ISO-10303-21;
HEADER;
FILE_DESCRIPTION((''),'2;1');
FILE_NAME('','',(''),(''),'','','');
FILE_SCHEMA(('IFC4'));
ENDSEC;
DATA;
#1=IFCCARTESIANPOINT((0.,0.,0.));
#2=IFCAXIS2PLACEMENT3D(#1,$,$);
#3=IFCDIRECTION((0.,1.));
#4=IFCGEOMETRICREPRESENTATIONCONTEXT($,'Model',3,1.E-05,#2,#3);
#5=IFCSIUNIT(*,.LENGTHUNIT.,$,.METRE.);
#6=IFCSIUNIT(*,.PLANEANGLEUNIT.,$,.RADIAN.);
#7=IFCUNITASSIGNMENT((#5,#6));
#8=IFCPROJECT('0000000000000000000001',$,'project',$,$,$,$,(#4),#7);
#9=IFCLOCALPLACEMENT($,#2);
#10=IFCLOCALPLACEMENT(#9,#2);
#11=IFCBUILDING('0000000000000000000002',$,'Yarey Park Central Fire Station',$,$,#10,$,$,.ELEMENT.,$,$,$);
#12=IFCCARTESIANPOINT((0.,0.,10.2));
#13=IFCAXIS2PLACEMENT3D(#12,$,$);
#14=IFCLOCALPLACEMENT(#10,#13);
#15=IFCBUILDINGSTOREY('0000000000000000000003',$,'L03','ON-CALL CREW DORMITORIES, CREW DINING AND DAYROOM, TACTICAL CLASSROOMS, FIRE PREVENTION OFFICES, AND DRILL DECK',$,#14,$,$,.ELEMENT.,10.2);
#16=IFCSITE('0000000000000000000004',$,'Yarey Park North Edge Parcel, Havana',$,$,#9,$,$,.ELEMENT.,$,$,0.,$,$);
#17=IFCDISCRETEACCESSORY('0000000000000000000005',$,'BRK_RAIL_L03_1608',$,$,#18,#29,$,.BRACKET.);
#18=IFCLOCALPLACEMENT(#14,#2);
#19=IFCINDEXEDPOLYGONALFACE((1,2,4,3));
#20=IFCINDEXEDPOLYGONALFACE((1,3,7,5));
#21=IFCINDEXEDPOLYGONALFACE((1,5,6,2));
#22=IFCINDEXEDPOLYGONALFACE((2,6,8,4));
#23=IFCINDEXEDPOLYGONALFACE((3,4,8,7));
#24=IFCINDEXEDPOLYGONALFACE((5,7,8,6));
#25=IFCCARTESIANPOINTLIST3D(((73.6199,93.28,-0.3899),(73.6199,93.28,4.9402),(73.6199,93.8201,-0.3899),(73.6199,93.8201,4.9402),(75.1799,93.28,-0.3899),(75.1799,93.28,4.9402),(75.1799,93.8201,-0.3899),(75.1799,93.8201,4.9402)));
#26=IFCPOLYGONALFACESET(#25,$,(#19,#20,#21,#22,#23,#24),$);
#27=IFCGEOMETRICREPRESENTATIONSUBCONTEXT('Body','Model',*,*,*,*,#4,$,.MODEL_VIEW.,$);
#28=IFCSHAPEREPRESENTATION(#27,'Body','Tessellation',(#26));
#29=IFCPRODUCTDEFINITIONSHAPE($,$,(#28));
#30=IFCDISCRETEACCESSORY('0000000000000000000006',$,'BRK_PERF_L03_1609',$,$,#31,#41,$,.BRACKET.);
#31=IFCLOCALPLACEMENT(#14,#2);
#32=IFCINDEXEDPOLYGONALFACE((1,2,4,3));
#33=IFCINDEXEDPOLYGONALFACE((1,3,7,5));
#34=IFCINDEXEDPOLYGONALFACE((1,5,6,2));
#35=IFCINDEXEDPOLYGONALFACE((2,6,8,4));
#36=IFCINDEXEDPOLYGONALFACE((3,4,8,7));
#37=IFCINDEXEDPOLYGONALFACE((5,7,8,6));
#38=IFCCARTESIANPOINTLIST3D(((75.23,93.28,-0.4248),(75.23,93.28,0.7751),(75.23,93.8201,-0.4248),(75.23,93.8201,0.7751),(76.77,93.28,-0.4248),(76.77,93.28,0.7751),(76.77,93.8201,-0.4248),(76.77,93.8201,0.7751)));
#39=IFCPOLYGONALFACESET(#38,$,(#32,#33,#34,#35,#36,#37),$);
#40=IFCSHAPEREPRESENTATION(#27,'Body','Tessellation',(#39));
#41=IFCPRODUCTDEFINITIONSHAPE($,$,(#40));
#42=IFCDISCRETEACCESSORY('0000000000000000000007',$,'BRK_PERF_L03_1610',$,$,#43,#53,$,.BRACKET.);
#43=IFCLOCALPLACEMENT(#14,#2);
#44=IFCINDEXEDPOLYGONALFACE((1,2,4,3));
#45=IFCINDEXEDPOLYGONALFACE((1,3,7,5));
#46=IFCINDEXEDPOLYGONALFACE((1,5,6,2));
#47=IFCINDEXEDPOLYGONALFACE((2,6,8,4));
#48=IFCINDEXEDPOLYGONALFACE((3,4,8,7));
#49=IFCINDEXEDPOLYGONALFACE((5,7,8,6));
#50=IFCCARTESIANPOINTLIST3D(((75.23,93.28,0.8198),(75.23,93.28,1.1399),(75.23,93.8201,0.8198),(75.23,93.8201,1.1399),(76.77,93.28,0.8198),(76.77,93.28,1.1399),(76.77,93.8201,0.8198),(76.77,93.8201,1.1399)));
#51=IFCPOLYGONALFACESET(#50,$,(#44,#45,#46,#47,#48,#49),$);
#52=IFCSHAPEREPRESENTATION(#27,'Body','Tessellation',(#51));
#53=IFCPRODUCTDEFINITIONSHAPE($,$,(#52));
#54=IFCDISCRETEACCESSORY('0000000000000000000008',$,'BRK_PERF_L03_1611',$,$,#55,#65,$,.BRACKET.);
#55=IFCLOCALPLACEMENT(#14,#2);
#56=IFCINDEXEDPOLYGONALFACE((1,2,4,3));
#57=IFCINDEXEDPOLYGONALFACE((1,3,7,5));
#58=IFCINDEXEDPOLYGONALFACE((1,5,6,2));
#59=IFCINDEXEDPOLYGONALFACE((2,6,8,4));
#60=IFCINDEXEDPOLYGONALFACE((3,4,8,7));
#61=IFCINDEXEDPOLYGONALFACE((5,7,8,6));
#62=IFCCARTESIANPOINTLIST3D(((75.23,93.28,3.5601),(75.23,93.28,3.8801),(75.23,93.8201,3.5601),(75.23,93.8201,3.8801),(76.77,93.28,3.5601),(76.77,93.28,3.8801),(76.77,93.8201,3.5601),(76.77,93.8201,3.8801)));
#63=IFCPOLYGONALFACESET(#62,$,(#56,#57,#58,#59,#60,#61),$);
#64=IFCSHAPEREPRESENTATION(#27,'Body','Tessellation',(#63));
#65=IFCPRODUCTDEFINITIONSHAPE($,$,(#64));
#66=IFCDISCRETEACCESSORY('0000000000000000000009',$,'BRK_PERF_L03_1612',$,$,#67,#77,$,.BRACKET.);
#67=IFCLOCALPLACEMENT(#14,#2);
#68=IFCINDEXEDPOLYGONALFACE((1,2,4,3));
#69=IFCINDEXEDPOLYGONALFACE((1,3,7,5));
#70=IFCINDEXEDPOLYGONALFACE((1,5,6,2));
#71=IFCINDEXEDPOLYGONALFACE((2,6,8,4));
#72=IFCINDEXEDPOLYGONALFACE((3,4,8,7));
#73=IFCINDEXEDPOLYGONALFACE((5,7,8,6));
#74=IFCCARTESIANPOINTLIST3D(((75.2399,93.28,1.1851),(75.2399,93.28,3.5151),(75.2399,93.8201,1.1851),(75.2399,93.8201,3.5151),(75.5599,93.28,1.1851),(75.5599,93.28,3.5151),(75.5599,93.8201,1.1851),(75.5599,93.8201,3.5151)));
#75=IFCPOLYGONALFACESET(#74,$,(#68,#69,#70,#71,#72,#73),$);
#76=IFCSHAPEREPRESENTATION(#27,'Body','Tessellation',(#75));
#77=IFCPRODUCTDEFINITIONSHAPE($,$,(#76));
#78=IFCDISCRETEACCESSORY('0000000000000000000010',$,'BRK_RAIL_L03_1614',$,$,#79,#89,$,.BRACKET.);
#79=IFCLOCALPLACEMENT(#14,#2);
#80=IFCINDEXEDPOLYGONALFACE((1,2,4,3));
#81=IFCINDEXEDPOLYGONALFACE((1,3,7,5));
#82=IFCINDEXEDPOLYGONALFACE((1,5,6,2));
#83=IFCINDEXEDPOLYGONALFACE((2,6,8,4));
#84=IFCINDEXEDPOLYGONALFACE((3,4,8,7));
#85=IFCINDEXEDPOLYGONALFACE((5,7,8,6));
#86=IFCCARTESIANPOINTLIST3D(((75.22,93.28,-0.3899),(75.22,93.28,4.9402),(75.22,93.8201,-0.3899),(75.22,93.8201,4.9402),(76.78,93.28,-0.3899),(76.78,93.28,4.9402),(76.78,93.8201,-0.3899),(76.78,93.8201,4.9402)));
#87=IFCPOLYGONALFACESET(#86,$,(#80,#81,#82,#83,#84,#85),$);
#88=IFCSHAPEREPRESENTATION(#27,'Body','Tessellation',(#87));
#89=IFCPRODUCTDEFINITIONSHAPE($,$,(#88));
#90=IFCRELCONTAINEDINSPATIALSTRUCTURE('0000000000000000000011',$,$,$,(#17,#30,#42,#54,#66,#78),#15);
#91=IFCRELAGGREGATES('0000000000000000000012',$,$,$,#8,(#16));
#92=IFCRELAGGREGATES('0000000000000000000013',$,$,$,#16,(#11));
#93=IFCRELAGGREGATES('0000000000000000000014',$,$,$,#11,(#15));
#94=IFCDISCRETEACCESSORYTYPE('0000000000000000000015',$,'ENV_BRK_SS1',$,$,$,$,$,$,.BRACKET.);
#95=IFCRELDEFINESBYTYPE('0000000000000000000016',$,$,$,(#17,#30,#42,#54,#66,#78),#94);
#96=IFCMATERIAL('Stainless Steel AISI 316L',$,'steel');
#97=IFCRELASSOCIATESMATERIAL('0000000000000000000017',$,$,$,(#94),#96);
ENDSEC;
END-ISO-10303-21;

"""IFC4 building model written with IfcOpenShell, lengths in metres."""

from ifc_helpers import new_model, si_unit, direction, frame, origin, origin_2d, place, context, subcontext, project, spatial, rectangle, extrude, material, type_object, element, save


model = new_model("IFC4")

# Units and contexts
model_context = context("Model", 3, precision=1e-05, world=origin(), true_north=direction((0.0, 1.0)))
body_context = subcontext(model_context, "Body", "Model", "MODEL_VIEW")
ifc_project = project(units=[si_unit("LENGTHUNIT", "METRE"), si_unit("PLANEANGLEUNIT", "RADIAN")], contexts=[model_context])

# Site, building, storey
site_placement = place(None, origin())
site = spatial("IfcSite", under=ifc_project, at=site_placement, Name="Yarey Park North Edge Parcel, Havana", CompositionType="ELEMENT", RefElevation=0.0)
building_placement = place(site_placement, origin())
building = spatial("IfcBuilding", under=site, at=building_placement, Name="Yarey Park Central Fire Station", CompositionType="ELEMENT")
storey_placement = place(building_placement, frame((0.0, 0.0, 10.2)))
storey = spatial("IfcBuildingStorey", under=building, at=storey_placement, Name="L03", Description="ON-CALL CREW DORMITORIES, CREW DINING AND DAYROOM, TACTICAL CLASSROOMS, FIRE PREVENTION OFFICES, AND DRILL DECK", CompositionType="ELEMENT", Elevation=10.2)

# Discrete accessories
ifc_material_1 = material(Name="Stainless Steel AISI 316L", Category="steel")
discrete_accessory_type = type_object("IfcDiscreteAccessoryType", Name="ENV_BRK_SS1", PredefinedType="BRACKET", material=ifc_material_1)
discrete_accessory_1_placement = place(storey_placement, frame((74.3999, 93.55, -0.3899), z_axis=(0.0, 0.0, 1.0), x_axis=(1.0, 0.0, 0.0)))
element("IfcDiscreteAccessory", 1, at=discrete_accessory_1_placement, inside=storey, type_object=discrete_accessory_type, Name="BRK_RAIL_L03_1608", PredefinedType="BRACKET", context=body_context, shape_type="SweptSolid", body=[
    extrude(rectangle(XDim=1.5601, YDim=0.54, at=origin_2d()), origin(), (0.0, 0.0, 1.0), 5.3301),
])
discrete_accessory_2_placement = place(storey_placement, frame((76.0, 93.55, -0.4248), z_axis=(0.0, 0.0, 1.0), x_axis=(1.0, 0.0, 0.0)))
element("IfcDiscreteAccessory", 2, at=discrete_accessory_2_placement, inside=storey, type_object=discrete_accessory_type, Name="BRK_PERF_L03_1609", PredefinedType="BRACKET", context=body_context, shape_type="SweptSolid", body=[
    extrude(rectangle(XDim=1.54, YDim=0.54, at=origin_2d()), origin(), (0.0, 0.0, 1.0), 1.2),
])
for number, where, z_axis, x_axis, name in (
    (3, (76.0, 93.55, 0.8198), (0.0, 0.0, 1.0), (1.0, 0.0, 0.0), "BRK_PERF_L03_1610"),
    (4, (76.0, 93.55, 3.5601), (0.0, 0.0, 1.0), (1.0, 0.0, 0.0), "BRK_PERF_L03_1611"),
):
    element("IfcDiscreteAccessory", number, at=place(storey_placement, frame(where, z_axis=z_axis, x_axis=x_axis)), inside=storey, type_object=discrete_accessory_type, Name=name, PredefinedType="BRACKET", context=body_context, shape_type="SweptSolid", body=[
        extrude(rectangle(XDim=1.54, YDim=0.54, at=origin_2d()), origin(), (0.0, 0.0, 1.0), 0.3201),
    ])
discrete_accessory_3_placement = place(storey_placement, frame((75.3999, 93.55, 1.1851), z_axis=(0.0, 0.0, 1.0), x_axis=(1.0, 0.0, 0.0)))
element("IfcDiscreteAccessory", 5, at=discrete_accessory_3_placement, inside=storey, type_object=discrete_accessory_type, Name="BRK_PERF_L03_1612", PredefinedType="BRACKET", context=body_context, shape_type="SweptSolid", body=[
    extrude(rectangle(XDim=0.3201, YDim=0.54, at=origin_2d()), origin(), (0.0, 0.0, 1.0), 2.3301),
])
discrete_accessory_4_placement = place(storey_placement, frame((76.0, 93.55, -0.3899), z_axis=(0.0, 0.0, 1.0), x_axis=(1.0, 0.0, 0.0)))
element("IfcDiscreteAccessory", 6, at=discrete_accessory_4_placement, inside=storey, type_object=discrete_accessory_type, Name="BRK_RAIL_L03_1614", PredefinedType="BRACKET", context=body_context, shape_type="SweptSolid", body=[
    extrude(rectangle(XDim=1.5601, YDim=0.54, at=origin_2d()), origin(), (0.0, 0.0, 1.0), 5.3301),
])

save(model, "model.ifc")
